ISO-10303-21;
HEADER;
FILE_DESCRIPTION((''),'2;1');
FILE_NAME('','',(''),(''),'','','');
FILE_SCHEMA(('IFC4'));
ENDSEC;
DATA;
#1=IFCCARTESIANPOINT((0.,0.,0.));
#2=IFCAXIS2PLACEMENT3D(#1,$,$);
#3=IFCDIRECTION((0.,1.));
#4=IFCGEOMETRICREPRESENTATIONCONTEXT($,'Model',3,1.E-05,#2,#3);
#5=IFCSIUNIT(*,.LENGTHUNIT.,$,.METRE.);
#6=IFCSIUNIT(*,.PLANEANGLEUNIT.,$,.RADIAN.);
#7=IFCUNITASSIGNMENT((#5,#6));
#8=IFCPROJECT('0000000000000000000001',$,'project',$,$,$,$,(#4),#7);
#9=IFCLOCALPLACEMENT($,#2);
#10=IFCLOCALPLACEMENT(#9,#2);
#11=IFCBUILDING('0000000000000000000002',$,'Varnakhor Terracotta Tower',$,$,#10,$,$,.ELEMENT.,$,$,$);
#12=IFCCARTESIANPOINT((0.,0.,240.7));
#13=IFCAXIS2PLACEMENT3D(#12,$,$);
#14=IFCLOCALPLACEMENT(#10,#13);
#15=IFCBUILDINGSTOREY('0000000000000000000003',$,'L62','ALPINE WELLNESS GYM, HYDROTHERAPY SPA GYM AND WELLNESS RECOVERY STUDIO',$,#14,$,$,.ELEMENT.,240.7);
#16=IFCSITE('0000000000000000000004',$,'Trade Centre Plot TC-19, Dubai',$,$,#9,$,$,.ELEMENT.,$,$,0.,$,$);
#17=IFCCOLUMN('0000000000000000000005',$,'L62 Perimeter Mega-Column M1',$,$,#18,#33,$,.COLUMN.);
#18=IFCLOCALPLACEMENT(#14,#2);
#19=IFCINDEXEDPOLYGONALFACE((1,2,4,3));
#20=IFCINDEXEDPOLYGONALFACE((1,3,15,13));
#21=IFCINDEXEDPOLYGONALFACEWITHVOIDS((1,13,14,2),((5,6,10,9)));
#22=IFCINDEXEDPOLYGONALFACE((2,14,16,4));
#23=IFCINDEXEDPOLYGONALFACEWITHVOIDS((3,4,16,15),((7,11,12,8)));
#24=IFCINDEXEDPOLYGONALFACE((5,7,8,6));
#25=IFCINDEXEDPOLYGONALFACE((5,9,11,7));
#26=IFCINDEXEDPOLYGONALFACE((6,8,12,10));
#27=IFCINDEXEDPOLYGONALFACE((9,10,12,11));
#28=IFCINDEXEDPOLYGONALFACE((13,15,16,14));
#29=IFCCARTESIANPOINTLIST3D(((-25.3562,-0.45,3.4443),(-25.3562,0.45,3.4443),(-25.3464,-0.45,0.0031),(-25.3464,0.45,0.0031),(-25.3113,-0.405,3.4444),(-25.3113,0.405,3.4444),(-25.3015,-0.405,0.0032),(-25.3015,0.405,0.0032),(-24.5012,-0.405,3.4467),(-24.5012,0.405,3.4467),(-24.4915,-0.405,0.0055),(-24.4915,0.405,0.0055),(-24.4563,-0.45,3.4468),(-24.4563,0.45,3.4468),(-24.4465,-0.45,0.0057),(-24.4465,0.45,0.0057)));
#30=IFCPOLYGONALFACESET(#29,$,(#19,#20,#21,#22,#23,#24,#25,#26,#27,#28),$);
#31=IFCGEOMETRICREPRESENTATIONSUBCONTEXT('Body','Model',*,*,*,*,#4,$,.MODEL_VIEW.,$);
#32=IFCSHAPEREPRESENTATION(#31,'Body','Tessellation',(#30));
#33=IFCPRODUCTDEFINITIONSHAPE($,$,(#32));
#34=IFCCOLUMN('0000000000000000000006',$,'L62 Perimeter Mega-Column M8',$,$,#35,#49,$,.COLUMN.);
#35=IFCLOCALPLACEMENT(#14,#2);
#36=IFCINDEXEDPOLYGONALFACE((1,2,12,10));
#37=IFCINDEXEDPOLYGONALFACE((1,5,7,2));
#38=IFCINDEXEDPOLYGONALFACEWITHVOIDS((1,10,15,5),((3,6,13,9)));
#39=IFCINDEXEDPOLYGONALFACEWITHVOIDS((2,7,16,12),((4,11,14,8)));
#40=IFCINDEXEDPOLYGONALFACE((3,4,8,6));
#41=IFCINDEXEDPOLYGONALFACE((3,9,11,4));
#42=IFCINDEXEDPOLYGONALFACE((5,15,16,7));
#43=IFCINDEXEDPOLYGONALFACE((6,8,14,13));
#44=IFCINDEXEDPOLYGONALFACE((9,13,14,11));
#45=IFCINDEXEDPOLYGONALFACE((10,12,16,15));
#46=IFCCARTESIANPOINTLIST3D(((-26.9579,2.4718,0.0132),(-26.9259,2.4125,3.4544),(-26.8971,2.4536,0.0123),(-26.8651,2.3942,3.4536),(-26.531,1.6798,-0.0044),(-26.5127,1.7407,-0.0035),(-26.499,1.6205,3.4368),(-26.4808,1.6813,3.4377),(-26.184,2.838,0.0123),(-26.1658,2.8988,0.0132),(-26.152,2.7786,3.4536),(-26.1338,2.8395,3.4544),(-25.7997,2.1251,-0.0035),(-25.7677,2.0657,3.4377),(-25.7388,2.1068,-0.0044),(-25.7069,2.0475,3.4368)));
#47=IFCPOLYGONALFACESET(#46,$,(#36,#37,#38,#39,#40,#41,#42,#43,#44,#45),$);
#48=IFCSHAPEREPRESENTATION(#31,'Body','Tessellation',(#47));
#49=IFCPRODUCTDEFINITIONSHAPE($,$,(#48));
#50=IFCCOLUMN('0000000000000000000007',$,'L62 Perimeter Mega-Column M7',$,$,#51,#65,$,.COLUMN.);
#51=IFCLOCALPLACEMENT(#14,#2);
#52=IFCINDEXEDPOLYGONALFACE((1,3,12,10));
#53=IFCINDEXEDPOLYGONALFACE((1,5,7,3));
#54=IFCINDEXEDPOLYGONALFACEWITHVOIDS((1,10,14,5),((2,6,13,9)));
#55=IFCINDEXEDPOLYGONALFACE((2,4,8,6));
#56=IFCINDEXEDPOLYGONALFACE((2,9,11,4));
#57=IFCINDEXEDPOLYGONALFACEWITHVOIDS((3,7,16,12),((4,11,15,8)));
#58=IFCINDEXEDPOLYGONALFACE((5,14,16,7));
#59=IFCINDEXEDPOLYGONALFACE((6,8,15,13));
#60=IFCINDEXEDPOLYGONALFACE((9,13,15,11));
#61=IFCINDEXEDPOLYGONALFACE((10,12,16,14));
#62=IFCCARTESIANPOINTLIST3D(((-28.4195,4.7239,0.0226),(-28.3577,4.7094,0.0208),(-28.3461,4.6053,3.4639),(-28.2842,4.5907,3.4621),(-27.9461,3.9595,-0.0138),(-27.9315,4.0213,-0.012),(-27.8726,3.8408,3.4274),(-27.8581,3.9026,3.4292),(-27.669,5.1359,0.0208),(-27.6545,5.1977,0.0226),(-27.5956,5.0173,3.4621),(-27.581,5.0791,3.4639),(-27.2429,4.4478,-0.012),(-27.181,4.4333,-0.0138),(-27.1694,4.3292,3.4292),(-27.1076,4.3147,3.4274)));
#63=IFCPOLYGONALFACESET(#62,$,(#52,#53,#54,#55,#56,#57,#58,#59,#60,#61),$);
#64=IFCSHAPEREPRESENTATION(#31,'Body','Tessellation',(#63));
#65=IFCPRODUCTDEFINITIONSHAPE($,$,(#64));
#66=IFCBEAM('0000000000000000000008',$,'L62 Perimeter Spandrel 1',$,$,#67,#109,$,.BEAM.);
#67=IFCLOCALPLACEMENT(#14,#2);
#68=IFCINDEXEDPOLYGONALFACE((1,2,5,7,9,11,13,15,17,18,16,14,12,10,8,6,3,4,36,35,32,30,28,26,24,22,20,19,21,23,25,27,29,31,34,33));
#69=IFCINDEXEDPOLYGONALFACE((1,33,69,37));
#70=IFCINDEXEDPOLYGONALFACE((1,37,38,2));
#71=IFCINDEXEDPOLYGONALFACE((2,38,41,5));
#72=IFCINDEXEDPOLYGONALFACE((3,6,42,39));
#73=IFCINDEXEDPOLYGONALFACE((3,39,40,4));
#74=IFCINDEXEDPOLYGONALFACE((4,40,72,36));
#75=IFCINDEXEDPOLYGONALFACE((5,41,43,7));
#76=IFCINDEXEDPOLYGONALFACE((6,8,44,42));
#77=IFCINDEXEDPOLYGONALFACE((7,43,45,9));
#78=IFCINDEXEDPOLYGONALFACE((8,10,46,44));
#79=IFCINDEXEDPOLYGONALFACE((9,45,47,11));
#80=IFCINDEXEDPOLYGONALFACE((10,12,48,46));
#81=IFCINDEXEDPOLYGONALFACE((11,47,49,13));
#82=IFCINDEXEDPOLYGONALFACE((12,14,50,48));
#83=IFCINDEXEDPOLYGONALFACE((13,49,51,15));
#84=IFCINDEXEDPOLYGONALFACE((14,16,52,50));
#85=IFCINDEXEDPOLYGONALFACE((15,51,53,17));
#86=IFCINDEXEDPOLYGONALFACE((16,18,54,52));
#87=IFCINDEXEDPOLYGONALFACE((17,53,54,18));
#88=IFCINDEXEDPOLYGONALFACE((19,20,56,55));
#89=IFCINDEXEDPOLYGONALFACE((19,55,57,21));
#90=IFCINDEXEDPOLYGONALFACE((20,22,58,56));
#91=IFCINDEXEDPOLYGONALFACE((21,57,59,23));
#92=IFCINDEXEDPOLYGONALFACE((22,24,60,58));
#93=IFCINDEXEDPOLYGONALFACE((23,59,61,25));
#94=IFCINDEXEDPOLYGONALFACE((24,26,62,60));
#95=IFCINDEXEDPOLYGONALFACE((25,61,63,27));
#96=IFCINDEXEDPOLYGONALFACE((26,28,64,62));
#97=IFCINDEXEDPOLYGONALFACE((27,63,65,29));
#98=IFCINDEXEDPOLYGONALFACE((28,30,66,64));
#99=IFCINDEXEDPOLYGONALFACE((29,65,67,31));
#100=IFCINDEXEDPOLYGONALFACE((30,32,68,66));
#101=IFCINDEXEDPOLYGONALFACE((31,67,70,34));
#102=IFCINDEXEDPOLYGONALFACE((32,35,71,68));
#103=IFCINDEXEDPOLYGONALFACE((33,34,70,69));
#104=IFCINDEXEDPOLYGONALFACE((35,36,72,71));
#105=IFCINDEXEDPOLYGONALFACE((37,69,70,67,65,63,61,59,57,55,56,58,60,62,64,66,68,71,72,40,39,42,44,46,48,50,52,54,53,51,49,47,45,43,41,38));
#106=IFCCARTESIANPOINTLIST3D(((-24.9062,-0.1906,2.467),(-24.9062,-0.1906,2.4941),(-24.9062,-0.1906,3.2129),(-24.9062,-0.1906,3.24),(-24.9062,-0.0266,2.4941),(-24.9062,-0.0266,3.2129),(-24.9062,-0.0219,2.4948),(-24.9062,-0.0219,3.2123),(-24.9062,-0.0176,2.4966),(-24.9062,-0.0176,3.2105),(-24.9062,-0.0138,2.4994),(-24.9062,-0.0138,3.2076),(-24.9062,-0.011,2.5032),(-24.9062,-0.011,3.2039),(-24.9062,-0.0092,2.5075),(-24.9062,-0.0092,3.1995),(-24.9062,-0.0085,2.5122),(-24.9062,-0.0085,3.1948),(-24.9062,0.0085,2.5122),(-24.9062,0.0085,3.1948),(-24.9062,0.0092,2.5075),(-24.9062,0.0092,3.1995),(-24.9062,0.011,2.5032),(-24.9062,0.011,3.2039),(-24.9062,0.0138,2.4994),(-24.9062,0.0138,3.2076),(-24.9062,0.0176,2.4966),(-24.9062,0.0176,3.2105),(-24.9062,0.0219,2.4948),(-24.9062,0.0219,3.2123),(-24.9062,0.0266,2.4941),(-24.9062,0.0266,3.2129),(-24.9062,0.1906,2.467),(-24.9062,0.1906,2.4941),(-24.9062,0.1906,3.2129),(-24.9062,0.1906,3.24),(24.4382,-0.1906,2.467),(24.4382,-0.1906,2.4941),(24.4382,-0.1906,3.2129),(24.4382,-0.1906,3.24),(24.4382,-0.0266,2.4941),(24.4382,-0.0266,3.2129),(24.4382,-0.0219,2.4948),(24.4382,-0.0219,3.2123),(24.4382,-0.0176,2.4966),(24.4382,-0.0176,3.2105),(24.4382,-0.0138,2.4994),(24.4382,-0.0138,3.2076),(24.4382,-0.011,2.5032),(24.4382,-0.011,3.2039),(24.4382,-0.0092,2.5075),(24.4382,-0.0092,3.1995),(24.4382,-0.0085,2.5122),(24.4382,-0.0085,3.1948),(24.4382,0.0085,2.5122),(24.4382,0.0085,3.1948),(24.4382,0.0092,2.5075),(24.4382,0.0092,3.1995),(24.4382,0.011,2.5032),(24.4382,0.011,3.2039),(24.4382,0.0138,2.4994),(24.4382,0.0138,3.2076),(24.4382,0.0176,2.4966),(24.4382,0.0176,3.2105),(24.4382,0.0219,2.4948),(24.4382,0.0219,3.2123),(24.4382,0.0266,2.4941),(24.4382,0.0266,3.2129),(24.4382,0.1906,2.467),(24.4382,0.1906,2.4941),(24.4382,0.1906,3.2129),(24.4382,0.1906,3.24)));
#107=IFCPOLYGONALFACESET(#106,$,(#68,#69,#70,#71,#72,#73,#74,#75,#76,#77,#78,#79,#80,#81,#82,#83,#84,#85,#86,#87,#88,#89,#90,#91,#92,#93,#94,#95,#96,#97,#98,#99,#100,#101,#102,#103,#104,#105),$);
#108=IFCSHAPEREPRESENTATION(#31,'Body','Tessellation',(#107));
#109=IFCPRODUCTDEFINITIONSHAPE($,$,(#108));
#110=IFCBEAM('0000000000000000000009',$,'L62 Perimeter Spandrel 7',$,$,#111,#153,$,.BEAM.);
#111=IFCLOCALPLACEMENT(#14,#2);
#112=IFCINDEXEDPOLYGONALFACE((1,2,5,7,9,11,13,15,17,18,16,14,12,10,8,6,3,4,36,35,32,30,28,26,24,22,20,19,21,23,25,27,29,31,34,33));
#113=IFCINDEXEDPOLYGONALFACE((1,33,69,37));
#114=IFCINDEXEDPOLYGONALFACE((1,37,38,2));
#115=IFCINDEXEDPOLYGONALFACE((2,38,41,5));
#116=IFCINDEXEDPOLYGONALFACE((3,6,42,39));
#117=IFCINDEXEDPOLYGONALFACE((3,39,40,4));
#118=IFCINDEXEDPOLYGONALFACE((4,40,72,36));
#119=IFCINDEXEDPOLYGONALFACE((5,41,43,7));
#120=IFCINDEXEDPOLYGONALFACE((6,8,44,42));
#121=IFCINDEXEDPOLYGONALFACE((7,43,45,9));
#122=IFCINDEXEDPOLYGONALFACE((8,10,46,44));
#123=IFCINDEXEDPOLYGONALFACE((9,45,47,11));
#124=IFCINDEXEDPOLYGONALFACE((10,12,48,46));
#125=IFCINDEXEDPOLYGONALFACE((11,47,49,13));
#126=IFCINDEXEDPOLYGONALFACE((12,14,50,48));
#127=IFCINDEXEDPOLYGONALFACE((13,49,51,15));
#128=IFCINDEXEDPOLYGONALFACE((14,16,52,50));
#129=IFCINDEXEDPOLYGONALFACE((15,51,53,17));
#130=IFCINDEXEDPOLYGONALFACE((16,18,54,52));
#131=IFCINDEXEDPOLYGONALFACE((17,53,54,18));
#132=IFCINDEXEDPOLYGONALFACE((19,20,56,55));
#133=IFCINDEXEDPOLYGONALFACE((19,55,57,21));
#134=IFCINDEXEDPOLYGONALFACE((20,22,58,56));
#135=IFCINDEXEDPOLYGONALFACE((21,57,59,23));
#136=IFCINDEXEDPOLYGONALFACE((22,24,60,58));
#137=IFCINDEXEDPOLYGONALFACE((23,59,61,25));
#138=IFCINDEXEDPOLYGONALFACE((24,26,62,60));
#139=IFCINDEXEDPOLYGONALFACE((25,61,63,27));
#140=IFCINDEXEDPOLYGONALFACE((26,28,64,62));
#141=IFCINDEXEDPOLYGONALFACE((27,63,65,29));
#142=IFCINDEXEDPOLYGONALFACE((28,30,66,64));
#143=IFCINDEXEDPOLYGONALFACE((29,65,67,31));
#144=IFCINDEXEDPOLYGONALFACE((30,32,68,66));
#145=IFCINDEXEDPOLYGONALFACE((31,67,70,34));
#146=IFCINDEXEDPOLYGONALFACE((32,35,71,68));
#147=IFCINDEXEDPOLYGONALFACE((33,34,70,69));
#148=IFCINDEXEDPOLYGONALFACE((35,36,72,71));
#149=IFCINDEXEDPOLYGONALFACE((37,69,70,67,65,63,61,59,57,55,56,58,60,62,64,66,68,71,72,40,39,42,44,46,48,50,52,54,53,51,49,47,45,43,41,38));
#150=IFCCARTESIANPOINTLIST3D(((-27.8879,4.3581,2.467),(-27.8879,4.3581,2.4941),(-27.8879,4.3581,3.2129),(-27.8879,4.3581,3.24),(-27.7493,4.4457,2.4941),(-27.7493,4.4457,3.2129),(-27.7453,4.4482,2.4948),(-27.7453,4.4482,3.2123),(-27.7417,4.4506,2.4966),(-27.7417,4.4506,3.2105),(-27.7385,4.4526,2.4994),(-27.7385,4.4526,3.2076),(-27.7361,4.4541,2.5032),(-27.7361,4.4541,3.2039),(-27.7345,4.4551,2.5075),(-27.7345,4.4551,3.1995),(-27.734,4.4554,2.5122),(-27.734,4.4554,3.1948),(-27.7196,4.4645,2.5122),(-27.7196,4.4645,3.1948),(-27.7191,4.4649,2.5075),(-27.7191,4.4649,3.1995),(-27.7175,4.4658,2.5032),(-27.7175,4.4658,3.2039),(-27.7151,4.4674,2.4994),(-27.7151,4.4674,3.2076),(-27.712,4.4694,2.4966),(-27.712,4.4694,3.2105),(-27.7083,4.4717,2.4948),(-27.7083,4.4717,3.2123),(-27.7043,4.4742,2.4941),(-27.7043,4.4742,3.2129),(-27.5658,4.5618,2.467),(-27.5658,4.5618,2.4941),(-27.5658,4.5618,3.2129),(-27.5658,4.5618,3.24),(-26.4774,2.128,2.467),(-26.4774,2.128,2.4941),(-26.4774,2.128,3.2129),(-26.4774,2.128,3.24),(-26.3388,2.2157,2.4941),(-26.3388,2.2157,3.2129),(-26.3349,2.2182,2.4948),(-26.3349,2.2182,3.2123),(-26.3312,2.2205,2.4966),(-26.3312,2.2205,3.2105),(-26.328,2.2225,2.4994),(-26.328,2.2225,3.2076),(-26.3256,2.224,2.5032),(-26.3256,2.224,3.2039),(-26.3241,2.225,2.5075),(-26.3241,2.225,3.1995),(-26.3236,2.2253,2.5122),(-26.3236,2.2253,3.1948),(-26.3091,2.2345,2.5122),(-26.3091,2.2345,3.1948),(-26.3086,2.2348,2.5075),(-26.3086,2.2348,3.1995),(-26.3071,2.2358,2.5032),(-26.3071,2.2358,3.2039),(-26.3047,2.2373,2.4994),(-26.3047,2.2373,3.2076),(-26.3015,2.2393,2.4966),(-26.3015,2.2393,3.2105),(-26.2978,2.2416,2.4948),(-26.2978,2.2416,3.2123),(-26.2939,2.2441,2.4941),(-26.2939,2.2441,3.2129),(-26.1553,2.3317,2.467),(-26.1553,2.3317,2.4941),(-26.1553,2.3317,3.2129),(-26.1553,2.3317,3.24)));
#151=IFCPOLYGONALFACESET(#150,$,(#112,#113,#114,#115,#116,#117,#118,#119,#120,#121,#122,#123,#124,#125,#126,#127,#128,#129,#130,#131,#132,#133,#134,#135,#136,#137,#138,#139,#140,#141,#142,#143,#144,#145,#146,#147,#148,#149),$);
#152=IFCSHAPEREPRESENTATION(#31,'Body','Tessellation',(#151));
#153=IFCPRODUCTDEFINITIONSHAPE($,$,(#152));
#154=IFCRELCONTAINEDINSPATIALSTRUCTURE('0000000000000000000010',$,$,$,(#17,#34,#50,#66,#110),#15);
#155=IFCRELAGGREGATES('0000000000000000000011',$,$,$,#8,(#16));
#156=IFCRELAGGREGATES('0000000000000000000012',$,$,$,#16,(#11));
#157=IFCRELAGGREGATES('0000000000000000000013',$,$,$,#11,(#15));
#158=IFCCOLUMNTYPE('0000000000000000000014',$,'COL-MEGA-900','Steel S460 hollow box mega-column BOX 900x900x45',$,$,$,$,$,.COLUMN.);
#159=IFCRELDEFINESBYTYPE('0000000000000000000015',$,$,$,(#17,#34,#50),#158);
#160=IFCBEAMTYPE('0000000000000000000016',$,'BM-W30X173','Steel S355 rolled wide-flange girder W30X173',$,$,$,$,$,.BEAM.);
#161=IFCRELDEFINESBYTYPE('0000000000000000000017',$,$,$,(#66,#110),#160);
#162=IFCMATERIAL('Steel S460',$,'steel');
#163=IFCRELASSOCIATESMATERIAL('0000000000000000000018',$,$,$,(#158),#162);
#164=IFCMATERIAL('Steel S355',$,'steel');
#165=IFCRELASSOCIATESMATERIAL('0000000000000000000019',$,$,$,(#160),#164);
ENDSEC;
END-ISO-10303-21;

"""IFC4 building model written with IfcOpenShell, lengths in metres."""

from ifc_helpers import new_model, si_unit, direction, frame, origin, origin_2d, place, context, subcontext, project, spatial, hollow_rectangle, i_section, extrude, source, transform, mapped, material, material_profile, profile_set, type_object, element, save


model = new_model("IFC4")

# Units and contexts
model_context = context("Model", 3, precision=1e-05, world=origin(), true_north=direction((0.0, 1.0)))
body_context = subcontext(model_context, "Body", "Model", "MODEL_VIEW")
ifc_project = project(units=[si_unit("LENGTHUNIT", "METRE"), si_unit("PLANEANGLEUNIT", "RADIAN")], contexts=[model_context])

# Site, building, storey
site_placement = place(None, origin())
site = spatial("IfcSite", under=ifc_project, at=site_placement, Name="Trade Centre Plot TC-19, Dubai", CompositionType="ELEMENT", RefElevation=0.0)
building_placement = place(site_placement, origin())
building = spatial("IfcBuilding", under=site, at=building_placement, Name="Varnakhor Terracotta Tower", CompositionType="ELEMENT")
storey_placement = place(building_placement, frame((0.0, 0.0, 240.7)))
storey = spatial("IfcBuildingStorey", under=building, at=storey_placement, Name="L62", Description="ALPINE WELLNESS GYM, HYDROTHERAPY SPA GYM AND WELLNESS RECOVERY STUDIO", CompositionType="ELEMENT", Elevation=240.7)

# Columns
ifc_material_1 = material(Name="Steel S460", Category="steel")
ifc_material_profile_1 = material_profile(ifc_material_1, hollow_rectangle(XDim=0.8999, YDim=0.8999, WallThickness=0.0449, at=origin_2d()), Name="BOX 900x900x45")
ifc_profile_set_1 = profile_set([ifc_material_profile_1], Name="Steel S460")
column_type = type_object("IfcColumnType", Name="COL-MEGA-900", Description="Steel S460 hollow box mega-column BOX 900x900x45", PredefinedType="COLUMN", material=ifc_profile_set_1)
shared_shape_1 = source(origin(), body_context, "Body", "SweptSolid", [
    extrude(hollow_rectangle(XDim=0.8999, YDim=0.8999, WallThickness=0.0449, at=origin_2d()), origin(), (0.0, 0.0, 1.0), 3.4412),
])
column_1_placement = place(storey_placement, frame((-24.8965, 0.0, 0.0044), z_axis=(-0.002838, 0.0, 0.999996), x_axis=(0.0, -1.0, 0.0)))
element("IfcColumn", 1, at=column_1_placement, inside=storey, type_object=column_type, Name="L62 Perimeter Mega-Column M1", PredefinedType="COLUMN", context=body_context, shape_type="MappedRepresentation", body=[
    mapped(shared_shape_1, transform((0.0, 0.0, 0.0), scale=1.0)),
])
shared_shape_2 = source(origin(), body_context, "Body", "SweptSolid", [
    extrude(hollow_rectangle(XDim=0.8999, YDim=0.8999, WallThickness=0.0449, at=origin_2d()), origin(), (0.0, 0.0, 1.0), 3.4419),
])
column_2_placement = place(storey_placement, frame((-26.3484, 2.2893, 0.0044), z_axis=(0.009292, -0.017237, 0.999808), x_axis=(0.880238, 0.474532, 0.0)))
element("IfcColumn", 2, at=column_2_placement, inside=storey, type_object=column_type, Name="L62 Perimeter Mega-Column M8", PredefinedType="COLUMN", context=body_context, shape_type="MappedRepresentation", body=[
    mapped(shared_shape_2, transform((0.0, 0.0, 0.0), scale=1.0)),
])
shared_shape_3 = source(origin(), body_context, "Body", "SweptSolid", [
    extrude(hollow_rectangle(XDim=0.8999, YDim=0.8999, WallThickness=0.0449, at=origin_2d()), origin(), (0.0, 0.0, 1.0), 3.4441),
])
column_3_placement = place(storey_placement, frame((-27.8003, 4.5786, 0.0044), z_axis=(0.021338, -0.034452, 0.999179), x_axis=(0.850153, 0.526535, 0.0)))
element("IfcColumn", 3, at=column_3_placement, inside=storey, type_object=column_type, Name="L62 Perimeter Mega-Column M7", PredefinedType="COLUMN", context=body_context, shape_type="MappedRepresentation", body=[
    mapped(shared_shape_3, transform((0.0, 0.0, 0.0), scale=1.0)),
])

# Beams
ifc_material_2 = material(Name="Steel S355", Category="steel")
ifc_material_profile_2 = material_profile(ifc_material_2, i_section(OverallWidth=0.3811, OverallDepth=0.7729, WebThickness=0.0171, FlangeThickness=0.0271, FilletRadius=0.0181, at=origin_2d()), Name="W30X173")
ifc_profile_set_2 = profile_set([ifc_material_profile_2], Name="Steel S355")
beam_type_1 = type_object("IfcBeamType", Name="BM-W30X173", Description="Steel S355 rolled wide-flange girder W30X173", PredefinedType="BEAM", material=ifc_profile_set_2)
shared_shape_4 = source(origin(), body_context, "Body", "SweptSolid", [
    extrude(i_section(OverallWidth=0.3811, OverallDepth=0.7729, WebThickness=0.0171, FlangeThickness=0.0271, FilletRadius=0.0181, at=origin_2d()), origin(), (0.0, 0.0, 1.0), 49.3445),
])
beam_1_placement = place(storey_placement, frame((-24.9062, 0.0, 2.8535), z_axis=(1.0, 0.0, 0.0), x_axis=(0.0, 1.0, 0.0)))
element("IfcBeam", 4, at=beam_1_placement, inside=storey, type_object=beam_type_1, Name="L62 Perimeter Spandrel 1", PredefinedType="BEAM", context=body_context, shape_type="MappedRepresentation", body=[
    mapped(shared_shape_4, transform((0.0, 0.0, 0.0), scale=1.0)),
])
shared_shape_5 = source(origin(), body_context, "Body", "SweptSolid", [
    extrude(i_section(OverallWidth=0.3811, OverallDepth=0.7729, WebThickness=0.0171, FlangeThickness=0.0271, FilletRadius=0.0181, at=origin_2d()), origin(), (0.0, 0.0, 1.0), 2.6387),
])
beam_2_placement = place(storey_placement, frame((-27.7268, 4.46, 2.8535), z_axis=(0.534532, -0.845148, 0.0), x_axis=(0.845148, 0.534532, 0.0)))
element("IfcBeam", 5, at=beam_2_placement, inside=storey, type_object=beam_type_1, Name="L62 Perimeter Spandrel 7", PredefinedType="BEAM", context=body_context, shape_type="MappedRepresentation", body=[
    mapped(shared_shape_5, transform((0.0, 0.0, 0.0), scale=1.0)),
])

save(model, "model.ifc")
